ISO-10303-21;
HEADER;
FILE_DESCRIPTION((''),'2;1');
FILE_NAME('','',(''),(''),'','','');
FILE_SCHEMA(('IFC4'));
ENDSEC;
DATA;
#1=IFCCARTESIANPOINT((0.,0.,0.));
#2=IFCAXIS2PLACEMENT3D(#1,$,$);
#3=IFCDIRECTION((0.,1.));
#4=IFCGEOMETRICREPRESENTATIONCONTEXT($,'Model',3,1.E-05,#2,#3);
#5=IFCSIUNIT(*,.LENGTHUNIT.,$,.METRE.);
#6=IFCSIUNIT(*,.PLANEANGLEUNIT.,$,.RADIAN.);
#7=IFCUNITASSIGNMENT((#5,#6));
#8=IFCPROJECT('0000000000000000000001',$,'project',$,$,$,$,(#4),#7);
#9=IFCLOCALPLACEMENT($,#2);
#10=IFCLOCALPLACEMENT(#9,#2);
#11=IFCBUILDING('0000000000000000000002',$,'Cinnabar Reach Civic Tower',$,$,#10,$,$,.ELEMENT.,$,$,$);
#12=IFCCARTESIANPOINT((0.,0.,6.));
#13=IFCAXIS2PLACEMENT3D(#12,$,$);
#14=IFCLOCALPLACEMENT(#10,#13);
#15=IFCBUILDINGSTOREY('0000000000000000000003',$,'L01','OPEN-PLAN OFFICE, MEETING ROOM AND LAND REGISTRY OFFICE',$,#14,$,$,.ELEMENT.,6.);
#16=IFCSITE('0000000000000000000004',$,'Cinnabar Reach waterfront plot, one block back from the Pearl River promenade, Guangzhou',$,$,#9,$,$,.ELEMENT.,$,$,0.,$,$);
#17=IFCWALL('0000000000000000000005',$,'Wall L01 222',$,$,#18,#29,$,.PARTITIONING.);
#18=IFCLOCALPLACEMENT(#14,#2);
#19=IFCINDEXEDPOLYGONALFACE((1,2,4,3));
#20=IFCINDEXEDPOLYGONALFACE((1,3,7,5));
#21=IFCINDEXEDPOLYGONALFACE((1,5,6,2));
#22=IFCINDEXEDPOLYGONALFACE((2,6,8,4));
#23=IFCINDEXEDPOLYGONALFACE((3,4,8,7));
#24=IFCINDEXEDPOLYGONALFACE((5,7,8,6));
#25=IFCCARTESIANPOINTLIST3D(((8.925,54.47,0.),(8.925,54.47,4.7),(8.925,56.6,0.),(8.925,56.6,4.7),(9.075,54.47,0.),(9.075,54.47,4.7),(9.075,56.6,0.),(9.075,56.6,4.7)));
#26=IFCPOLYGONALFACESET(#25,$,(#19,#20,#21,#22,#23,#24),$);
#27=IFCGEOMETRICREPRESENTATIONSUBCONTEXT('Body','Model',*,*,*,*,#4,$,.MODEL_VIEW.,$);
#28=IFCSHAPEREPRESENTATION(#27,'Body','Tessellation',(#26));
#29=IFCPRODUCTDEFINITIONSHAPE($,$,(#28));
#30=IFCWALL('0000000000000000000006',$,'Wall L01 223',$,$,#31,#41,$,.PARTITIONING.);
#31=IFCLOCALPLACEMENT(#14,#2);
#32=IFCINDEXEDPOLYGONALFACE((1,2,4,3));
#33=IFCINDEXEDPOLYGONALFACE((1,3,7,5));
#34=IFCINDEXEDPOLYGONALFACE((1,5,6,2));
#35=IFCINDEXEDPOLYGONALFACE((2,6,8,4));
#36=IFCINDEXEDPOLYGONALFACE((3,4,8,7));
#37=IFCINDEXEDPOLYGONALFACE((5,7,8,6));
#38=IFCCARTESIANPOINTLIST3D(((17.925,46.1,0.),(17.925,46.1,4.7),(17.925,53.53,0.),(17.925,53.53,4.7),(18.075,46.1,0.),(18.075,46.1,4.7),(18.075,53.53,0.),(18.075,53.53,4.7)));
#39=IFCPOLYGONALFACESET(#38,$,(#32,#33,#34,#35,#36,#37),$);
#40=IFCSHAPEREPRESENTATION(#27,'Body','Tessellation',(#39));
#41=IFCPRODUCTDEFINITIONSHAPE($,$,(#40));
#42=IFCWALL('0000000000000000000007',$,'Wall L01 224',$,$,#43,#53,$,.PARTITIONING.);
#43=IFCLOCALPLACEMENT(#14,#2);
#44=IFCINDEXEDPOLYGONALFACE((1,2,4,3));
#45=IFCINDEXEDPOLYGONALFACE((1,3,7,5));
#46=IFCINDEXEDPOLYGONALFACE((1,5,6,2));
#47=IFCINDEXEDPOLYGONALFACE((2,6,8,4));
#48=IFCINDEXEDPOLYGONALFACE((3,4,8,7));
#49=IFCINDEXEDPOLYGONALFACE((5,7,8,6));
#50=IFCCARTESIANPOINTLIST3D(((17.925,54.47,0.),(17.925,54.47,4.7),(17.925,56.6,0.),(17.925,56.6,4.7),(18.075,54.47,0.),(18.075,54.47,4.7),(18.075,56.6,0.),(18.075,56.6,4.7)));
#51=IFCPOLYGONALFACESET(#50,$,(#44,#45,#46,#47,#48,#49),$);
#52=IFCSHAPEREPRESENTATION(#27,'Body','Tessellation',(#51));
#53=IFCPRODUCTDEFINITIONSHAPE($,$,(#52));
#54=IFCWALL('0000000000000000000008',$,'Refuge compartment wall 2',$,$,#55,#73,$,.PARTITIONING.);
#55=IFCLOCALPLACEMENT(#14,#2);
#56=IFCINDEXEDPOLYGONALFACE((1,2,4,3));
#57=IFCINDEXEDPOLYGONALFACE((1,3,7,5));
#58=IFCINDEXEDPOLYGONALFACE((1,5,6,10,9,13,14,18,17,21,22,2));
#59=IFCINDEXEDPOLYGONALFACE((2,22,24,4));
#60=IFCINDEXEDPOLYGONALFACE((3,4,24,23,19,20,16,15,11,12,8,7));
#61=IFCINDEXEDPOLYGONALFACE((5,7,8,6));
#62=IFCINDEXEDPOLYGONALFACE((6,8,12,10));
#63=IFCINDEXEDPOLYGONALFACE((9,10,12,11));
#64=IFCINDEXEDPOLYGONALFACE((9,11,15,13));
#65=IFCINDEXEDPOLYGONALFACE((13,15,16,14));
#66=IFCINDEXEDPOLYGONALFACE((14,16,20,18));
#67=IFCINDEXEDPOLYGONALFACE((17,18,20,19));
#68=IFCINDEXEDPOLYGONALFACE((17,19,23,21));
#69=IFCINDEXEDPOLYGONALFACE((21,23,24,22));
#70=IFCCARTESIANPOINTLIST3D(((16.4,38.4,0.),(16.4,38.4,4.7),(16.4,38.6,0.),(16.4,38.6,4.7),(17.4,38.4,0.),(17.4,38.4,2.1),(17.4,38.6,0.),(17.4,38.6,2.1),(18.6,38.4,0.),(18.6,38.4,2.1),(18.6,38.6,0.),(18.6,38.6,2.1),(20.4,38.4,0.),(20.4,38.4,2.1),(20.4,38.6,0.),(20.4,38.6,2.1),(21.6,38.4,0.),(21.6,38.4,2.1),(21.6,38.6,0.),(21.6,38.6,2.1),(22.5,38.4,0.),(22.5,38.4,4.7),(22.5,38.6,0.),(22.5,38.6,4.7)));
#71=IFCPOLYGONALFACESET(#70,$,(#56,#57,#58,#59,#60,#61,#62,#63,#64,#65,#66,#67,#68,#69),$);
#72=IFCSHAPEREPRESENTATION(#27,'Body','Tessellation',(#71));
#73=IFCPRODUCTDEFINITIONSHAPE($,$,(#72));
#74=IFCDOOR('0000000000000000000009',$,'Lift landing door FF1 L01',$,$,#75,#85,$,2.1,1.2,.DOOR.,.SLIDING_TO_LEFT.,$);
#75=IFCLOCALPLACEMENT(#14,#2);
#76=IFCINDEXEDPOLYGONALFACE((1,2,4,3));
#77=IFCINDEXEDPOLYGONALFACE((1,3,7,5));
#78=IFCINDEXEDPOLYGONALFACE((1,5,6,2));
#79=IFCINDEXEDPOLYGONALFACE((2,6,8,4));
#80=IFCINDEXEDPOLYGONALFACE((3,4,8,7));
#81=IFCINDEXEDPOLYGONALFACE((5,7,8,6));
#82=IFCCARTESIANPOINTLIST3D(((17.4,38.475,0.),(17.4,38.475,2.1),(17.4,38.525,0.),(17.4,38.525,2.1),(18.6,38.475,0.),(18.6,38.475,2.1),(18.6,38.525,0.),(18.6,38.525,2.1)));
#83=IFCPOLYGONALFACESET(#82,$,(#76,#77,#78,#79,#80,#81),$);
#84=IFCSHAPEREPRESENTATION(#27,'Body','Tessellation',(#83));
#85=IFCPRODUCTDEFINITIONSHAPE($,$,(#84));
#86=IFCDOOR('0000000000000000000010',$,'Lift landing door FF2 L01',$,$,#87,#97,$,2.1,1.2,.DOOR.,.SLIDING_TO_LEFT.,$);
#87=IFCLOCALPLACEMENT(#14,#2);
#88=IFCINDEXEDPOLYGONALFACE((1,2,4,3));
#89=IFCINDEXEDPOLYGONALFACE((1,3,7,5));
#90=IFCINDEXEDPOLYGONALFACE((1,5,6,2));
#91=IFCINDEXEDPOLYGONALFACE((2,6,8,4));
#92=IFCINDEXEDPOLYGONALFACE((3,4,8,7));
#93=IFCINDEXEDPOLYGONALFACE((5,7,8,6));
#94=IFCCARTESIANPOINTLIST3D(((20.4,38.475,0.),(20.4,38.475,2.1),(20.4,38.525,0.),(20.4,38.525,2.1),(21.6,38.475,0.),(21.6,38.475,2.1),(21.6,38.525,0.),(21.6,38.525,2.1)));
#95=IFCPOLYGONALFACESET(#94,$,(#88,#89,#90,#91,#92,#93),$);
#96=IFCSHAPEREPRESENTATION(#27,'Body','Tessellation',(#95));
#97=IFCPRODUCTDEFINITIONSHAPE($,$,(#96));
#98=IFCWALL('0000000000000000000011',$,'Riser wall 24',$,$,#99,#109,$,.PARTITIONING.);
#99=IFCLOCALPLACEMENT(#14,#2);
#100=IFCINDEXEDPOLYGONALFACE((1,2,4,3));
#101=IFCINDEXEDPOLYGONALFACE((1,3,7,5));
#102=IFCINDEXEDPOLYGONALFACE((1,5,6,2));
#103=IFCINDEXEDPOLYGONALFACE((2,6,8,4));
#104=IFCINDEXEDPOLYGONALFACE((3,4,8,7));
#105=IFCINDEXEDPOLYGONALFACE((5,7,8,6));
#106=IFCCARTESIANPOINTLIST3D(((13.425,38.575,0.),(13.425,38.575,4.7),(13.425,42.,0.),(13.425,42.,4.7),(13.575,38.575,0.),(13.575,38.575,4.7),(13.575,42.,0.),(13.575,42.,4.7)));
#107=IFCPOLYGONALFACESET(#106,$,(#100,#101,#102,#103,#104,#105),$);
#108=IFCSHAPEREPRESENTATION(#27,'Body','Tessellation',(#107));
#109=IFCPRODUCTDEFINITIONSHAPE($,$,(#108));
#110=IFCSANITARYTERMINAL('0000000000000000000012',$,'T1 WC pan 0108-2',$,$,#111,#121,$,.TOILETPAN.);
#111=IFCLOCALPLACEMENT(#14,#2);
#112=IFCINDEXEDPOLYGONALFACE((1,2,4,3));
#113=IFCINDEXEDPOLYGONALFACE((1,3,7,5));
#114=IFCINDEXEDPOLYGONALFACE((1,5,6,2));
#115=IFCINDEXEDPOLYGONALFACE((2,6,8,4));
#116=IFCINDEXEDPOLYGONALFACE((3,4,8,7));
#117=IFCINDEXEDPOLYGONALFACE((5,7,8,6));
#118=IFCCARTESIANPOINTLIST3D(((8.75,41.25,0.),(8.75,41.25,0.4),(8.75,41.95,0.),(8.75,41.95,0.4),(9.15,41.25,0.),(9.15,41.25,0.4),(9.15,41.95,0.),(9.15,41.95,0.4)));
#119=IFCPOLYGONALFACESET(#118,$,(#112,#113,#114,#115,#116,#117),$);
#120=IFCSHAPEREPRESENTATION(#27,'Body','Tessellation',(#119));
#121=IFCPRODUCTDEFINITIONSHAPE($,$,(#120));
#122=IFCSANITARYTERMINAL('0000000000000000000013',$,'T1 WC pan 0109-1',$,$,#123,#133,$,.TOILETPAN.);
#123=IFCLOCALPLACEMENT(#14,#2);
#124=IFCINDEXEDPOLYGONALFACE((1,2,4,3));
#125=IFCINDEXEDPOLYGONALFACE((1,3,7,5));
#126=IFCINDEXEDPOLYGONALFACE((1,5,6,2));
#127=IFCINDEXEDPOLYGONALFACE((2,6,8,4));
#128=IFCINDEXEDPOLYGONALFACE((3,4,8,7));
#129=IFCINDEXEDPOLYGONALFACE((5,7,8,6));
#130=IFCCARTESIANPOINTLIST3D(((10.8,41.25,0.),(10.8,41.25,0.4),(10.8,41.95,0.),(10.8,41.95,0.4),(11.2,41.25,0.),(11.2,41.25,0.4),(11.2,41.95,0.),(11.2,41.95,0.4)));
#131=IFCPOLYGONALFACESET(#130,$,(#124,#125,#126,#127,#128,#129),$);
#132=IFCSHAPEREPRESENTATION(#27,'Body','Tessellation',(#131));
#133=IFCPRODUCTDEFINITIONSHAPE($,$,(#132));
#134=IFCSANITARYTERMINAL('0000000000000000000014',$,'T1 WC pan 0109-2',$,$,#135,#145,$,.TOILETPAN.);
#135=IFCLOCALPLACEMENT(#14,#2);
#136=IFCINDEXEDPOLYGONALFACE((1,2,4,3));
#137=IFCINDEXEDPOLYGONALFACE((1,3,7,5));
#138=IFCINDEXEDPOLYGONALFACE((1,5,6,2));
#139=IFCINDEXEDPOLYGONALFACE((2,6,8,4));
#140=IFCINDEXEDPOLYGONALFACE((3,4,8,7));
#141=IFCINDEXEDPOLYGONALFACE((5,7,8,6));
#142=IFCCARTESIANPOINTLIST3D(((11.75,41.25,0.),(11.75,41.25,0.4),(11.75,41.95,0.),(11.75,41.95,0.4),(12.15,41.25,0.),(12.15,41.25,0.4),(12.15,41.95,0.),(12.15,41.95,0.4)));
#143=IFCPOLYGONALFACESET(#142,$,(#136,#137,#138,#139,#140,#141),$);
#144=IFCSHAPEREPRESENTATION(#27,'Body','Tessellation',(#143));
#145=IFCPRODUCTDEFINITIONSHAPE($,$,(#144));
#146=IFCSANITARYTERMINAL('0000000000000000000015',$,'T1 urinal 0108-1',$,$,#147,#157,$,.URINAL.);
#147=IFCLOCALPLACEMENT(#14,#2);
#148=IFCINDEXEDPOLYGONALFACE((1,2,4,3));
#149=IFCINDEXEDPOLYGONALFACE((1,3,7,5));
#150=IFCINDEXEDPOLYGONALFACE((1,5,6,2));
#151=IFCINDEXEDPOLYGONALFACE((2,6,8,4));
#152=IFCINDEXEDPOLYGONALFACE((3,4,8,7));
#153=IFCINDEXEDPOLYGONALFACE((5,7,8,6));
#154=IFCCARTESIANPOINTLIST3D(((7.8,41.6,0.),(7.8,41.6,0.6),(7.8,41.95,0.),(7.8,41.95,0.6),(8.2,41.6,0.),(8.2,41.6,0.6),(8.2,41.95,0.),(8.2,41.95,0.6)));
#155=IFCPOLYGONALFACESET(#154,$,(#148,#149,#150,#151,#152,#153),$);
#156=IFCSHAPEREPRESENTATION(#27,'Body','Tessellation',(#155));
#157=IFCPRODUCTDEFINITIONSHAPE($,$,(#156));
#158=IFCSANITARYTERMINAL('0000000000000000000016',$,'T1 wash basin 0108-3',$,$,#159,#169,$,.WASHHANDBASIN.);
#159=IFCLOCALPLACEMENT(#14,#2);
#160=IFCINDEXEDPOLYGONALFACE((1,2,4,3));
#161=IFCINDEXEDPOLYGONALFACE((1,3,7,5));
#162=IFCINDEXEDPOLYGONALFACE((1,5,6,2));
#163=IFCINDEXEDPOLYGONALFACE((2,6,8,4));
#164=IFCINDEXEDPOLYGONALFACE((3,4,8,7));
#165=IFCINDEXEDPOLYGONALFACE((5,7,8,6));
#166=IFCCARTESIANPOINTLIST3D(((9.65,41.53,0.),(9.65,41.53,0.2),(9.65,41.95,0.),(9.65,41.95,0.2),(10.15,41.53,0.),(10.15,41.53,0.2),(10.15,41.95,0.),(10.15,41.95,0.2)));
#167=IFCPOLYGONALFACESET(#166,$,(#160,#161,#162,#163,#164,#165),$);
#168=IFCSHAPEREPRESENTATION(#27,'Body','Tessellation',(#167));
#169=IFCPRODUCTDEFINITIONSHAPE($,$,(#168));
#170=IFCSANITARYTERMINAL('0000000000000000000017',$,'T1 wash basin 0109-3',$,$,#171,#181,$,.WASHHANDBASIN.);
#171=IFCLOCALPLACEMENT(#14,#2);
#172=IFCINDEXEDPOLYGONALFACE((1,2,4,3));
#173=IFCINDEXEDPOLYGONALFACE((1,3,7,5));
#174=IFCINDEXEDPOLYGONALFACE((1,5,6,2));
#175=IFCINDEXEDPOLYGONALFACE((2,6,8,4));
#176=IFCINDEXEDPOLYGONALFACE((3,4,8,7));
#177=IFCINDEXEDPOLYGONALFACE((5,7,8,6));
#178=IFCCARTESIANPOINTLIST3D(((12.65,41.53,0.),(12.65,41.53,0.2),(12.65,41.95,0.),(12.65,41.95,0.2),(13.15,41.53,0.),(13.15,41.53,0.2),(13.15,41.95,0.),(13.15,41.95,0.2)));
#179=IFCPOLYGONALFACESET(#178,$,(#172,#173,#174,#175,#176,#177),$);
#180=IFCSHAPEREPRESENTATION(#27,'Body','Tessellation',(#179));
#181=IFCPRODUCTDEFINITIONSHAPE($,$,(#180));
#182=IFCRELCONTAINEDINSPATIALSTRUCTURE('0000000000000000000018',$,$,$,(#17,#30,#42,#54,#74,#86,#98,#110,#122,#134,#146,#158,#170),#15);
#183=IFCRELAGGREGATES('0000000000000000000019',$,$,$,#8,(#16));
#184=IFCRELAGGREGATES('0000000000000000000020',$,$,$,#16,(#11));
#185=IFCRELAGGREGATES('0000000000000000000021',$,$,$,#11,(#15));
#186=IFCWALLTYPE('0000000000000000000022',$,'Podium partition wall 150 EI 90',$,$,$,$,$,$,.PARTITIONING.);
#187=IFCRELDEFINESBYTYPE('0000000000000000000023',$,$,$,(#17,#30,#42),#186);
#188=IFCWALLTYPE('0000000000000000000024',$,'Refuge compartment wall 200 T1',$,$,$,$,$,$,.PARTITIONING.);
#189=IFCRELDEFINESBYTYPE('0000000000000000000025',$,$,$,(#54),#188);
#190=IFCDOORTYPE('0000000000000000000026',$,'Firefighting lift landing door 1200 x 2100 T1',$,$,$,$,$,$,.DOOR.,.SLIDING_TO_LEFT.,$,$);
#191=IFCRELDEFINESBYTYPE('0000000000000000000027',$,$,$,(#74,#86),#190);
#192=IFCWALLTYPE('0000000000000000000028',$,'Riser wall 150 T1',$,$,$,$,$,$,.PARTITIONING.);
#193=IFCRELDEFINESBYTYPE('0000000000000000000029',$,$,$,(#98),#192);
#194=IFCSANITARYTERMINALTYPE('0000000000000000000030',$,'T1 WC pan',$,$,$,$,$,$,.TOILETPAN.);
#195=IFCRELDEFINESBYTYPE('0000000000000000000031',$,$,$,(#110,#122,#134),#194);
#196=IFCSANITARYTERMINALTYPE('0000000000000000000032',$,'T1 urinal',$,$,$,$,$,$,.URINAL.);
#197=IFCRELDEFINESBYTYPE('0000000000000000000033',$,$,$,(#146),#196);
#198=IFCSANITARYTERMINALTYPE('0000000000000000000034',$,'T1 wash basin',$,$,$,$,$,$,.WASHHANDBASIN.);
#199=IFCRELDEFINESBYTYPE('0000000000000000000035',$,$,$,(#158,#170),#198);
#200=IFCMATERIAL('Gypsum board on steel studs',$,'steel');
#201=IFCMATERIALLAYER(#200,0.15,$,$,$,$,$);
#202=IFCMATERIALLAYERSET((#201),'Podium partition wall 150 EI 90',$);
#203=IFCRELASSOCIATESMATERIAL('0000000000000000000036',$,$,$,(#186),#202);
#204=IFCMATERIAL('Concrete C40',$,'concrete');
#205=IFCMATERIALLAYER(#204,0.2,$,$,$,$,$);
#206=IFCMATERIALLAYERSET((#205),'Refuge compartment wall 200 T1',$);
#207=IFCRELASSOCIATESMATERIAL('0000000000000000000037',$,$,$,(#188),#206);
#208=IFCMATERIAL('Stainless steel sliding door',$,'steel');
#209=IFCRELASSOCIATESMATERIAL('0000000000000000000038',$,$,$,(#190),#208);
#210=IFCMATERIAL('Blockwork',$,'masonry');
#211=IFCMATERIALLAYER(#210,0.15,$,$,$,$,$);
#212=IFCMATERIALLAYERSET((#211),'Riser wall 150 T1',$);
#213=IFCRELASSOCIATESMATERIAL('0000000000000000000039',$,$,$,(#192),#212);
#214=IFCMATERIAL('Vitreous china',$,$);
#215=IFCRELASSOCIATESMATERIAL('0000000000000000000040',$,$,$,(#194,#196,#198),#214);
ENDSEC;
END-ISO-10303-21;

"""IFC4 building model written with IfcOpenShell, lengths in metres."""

from ifc_helpers import new_model, si_unit, direction, frame, frame_2d, origin, origin_2d, place, context, subcontext, project, spatial, rectangle, extrude, material, layer, layer_set, type_object, element, fill, save


model = new_model("IFC4")

# Units and contexts
model_context = context("Model", 3, precision=1e-05, world=origin(), true_north=direction((0.0, 1.0)))
body_context = subcontext(model_context, "Body", "Model", "MODEL_VIEW")
ifc_project = project(units=[si_unit("LENGTHUNIT", "METRE"), si_unit("PLANEANGLEUNIT", "RADIAN")], contexts=[model_context])

# Site, building, storey
site_placement = place(None, origin())
site = spatial("IfcSite", under=ifc_project, at=site_placement, Name="Cinnabar Reach waterfront plot, one block back from the Pearl River promenade, Guangzhou", CompositionType="ELEMENT", RefElevation=0.0)
building_placement = place(site_placement, origin())
building = spatial("IfcBuilding", under=site, at=building_placement, Name="Cinnabar Reach Civic Tower", CompositionType="ELEMENT")
storey_placement = place(building_placement, frame((0.0, 0.0, 6.0)))
storey = spatial("IfcBuildingStorey", under=building, at=storey_placement, Name="L01", Description="OPEN-PLAN OFFICE, MEETING ROOM AND LAND REGISTRY OFFICE", CompositionType="ELEMENT", Elevation=6.0)

# Shared definitions
ifc_material_1 = material(Name="Blockwork", Category="masonry")
ifc_material_2 = material(Name="Gypsum board on steel studs", Category="steel")

# Walls
ifc_layer_1 = layer(ifc_material_2, 0.15)
ifc_layer_set_1 = layer_set([ifc_layer_1], Name="Podium partition wall 150 EI 90")
wall_type_1 = type_object("IfcWallType", Name="Podium partition wall 150 EI 90", PredefinedType="PARTITIONING", material=ifc_layer_set_1)
wall_1_placement = place(storey_placement, frame((9.0, 54.47, 0.0), z_axis=(0.0, 0.0, 1.0), x_axis=(0.0, 1.0, 0.0)))
element("IfcWall", 1, at=wall_1_placement, inside=storey, type_object=wall_type_1, Name="Wall L01 222", PredefinedType="PARTITIONING", context=body_context, shape_type="SweptSolid", body=[
    extrude(rectangle(XDim=2.13, YDim=0.15, at=frame_2d((1.065, 0.0))), origin(), (0.0, 0.0, 1.0), 4.7),
])
wall_2_placement = place(storey_placement, frame((18.0, 46.1, 0.0), z_axis=(0.0, 0.0, 1.0), x_axis=(0.0, 1.0, 0.0)))
element("IfcWall", 2, at=wall_2_placement, inside=storey, type_object=wall_type_1, Name="Wall L01 223", PredefinedType="PARTITIONING", context=body_context, shape_type="SweptSolid", body=[
    extrude(rectangle(XDim=7.43, YDim=0.15, at=frame_2d((3.715, 0.0))), origin(), (0.0, 0.0, 1.0), 4.7),
])
wall_3_placement = place(storey_placement, frame((18.0, 54.47, 0.0), z_axis=(0.0, 0.0, 1.0), x_axis=(0.0, 1.0, 0.0)))
element("IfcWall", 3, at=wall_3_placement, inside=storey, type_object=wall_type_1, Name="Wall L01 224", PredefinedType="PARTITIONING", context=body_context, shape_type="SweptSolid", body=[
    extrude(rectangle(XDim=2.13, YDim=0.15, at=frame_2d((1.065, 0.0))), origin(), (0.0, 0.0, 1.0), 4.7),
])

# Wall, openings, doors
ifc_material_3 = material(Name="Concrete C40", Category="concrete")
ifc_layer_2 = layer(ifc_material_3, 0.2)
ifc_layer_set_2 = layer_set([ifc_layer_2], Name="Refuge compartment wall 200 T1")
wall_type_2 = type_object("IfcWallType", Name="Refuge compartment wall 200 T1", PredefinedType="PARTITIONING", material=ifc_layer_set_2)
wall_4_placement = place(storey_placement, frame((16.4, 38.5, 0.0), z_axis=(0.0, 0.0, 1.0), x_axis=(1.0, 0.0, 0.0)))
wall_4 = element("IfcWall", 4, at=wall_4_placement, inside=storey, type_object=wall_type_2, Name="Refuge compartment wall 2", PredefinedType="PARTITIONING", context=body_context, shape_type="SweptSolid", body=[
    extrude(rectangle(XDim=6.1, YDim=0.2, at=frame_2d((3.05, 0.0))), origin(), (0.0, 0.0, 1.0), 4.7),
])
opening_1_placement = place(wall_4_placement, frame((1.0, 0.0, 0.0)))
opening_1 = element("IfcOpeningElement", 5, at=opening_1_placement, cuts=wall_4, PredefinedType="OPENING", context=body_context, shape_type="SweptSolid", body=[
    extrude(rectangle(XDim=1.2, YDim=2.1, at=frame_2d((0.6, 1.05))), frame((0.0, 0.11, 0.0), z_axis=(0.0, -1.0, 0.0), x_axis=(1.0, 0.0, 0.0)), (0.0, 0.0, 1.0), 0.22),
])
opening_2_placement = place(wall_4_placement, frame((4.0, 0.0, 0.0)))
opening_2 = element("IfcOpeningElement", 6, at=opening_2_placement, cuts=wall_4, PredefinedType="OPENING", context=body_context, shape_type="SweptSolid", body=[
    extrude(rectangle(XDim=1.2, YDim=2.1, at=frame_2d((0.6, 1.05))), frame((0.0, 0.11, 0.0), z_axis=(0.0, -1.0, 0.0), x_axis=(1.0, 0.0, 0.0)), (0.0, 0.0, 1.0), 0.22),
])
ifc_material_4 = material(Name="Stainless steel sliding door", Category="steel")
door_type_1 = type_object("IfcDoorType", Name="Firefighting lift landing door 1200 x 2100 T1", OperationType="SLIDING_TO_LEFT", PredefinedType="DOOR", material=ifc_material_4)
door_1_placement = place(opening_1_placement, origin())
door_1 = element("IfcDoor", 7, at=door_1_placement, inside=storey, type_object=door_type_1, Name="Lift landing door FF1 L01", OperationType="SLIDING_TO_LEFT", OverallHeight=2.1, OverallWidth=1.2, PredefinedType="DOOR", context=body_context, shape_type="SweptSolid", body=[
    extrude(rectangle(XDim=1.2, YDim=2.1, at=frame_2d((0.6, 1.05))), frame((0.0, 0.025, 0.0), z_axis=(0.0, -1.0, 0.0), x_axis=(1.0, 0.0, 0.0)), (0.0, 0.0, 1.0), 0.05),
])
fill(opening_1, door_1)
door_2_placement = place(opening_2_placement, origin())
door_2 = element("IfcDoor", 8, at=door_2_placement, inside=storey, type_object=door_type_1, Name="Lift landing door FF2 L01", OperationType="SLIDING_TO_LEFT", OverallHeight=2.1, OverallWidth=1.2, PredefinedType="DOOR", context=body_context, shape_type="SweptSolid", body=[
    extrude(rectangle(XDim=1.2, YDim=2.1, at=frame_2d((0.6, 1.05))), frame((0.0, 0.025, 0.0), z_axis=(0.0, -1.0, 0.0), x_axis=(1.0, 0.0, 0.0)), (0.0, 0.0, 1.0), 0.05),
])
fill(opening_2, door_2)

# Wall
ifc_layer_3 = layer(ifc_material_1, 0.15)
ifc_layer_set_3 = layer_set([ifc_layer_3], Name="Riser wall 150 T1")
wall_type_3 = type_object("IfcWallType", Name="Riser wall 150 T1", PredefinedType="PARTITIONING", material=ifc_layer_set_3)
wall_5_placement = place(storey_placement, frame((13.5, 38.575, 0.0), z_axis=(0.0, 0.0, 1.0), x_axis=(0.0, 1.0, 0.0)))
element("IfcWall", 9, at=wall_5_placement, inside=storey, type_object=wall_type_3, Name="Riser wall 24", PredefinedType="PARTITIONING", context=body_context, shape_type="SweptSolid", body=[
    extrude(rectangle(XDim=3.425, YDim=0.15, at=frame_2d((1.7125, 0.0))), origin(), (0.0, 0.0, 1.0), 4.7),
])

# Sanitary terminals
ifc_material_5 = material(Name="Vitreous china")
sanitary_terminal_type_1 = type_object("IfcSanitaryTerminalType", Name="T1 WC pan", PredefinedType="TOILETPAN", material=ifc_material_5)
for number, where, z_axis, x_axis, name in (
    (10, (8.95, 41.6, 0.0), (0.0, 0.0, 1.0), (1.0, 0.0, 0.0), "T1 WC pan 0108-2"),
    (11, (11.0, 41.6, 0.0), (0.0, 0.0, 1.0), (1.0, 0.0, 0.0), "T1 WC pan 0109-1"),
    (12, (11.95, 41.6, 0.0), (0.0, 0.0, 1.0), (1.0, 0.0, 0.0), "T1 WC pan 0109-2"),
):
    element("IfcSanitaryTerminal", number, at=place(storey_placement, frame(where, z_axis=z_axis, x_axis=x_axis)), inside=storey, type_object=sanitary_terminal_type_1, Name=name, PredefinedType="TOILETPAN", context=body_context, shape_type="SweptSolid", body=[
        extrude(rectangle(XDim=0.4, YDim=0.7, at=origin_2d()), origin(), (0.0, 0.0, 1.0), 0.4),
    ])
sanitary_terminal_type_2 = type_object("IfcSanitaryTerminalType", Name="T1 urinal", PredefinedType="URINAL", material=ifc_material_5)
sanitary_terminal_placement = place(storey_placement, frame((8.0, 41.775, 0.0), z_axis=(0.0, 0.0, 1.0), x_axis=(1.0, 0.0, 0.0)))
element("IfcSanitaryTerminal", 13, at=sanitary_terminal_placement, inside=storey, type_object=sanitary_terminal_type_2, Name="T1 urinal 0108-1", PredefinedType="URINAL", context=body_context, shape_type="SweptSolid", body=[
    extrude(rectangle(XDim=0.4, YDim=0.35, at=origin_2d()), origin(), (0.0, 0.0, 1.0), 0.6),
])
sanitary_terminal_type_3 = type_object("IfcSanitaryTerminalType", Name="T1 wash basin", PredefinedType="WASHHANDBASIN", material=ifc_material_5)
for number, where, z_axis, x_axis, name in (
    (14, (9.9, 41.74, 0.0), (0.0, 0.0, 1.0), (1.0, 0.0, 0.0), "T1 wash basin 0108-3"),
    (15, (12.9, 41.74, 0.0), (0.0, 0.0, 1.0), (1.0, 0.0, 0.0), "T1 wash basin 0109-3"),
):
    element("IfcSanitaryTerminal", number, at=place(storey_placement, frame(where, z_axis=z_axis, x_axis=x_axis)), inside=storey, type_object=sanitary_terminal_type_3, Name=name, PredefinedType="WASHHANDBASIN", context=body_context, shape_type="SweptSolid", body=[
        extrude(rectangle(XDim=0.5, YDim=0.42, at=origin_2d()), origin(), (0.0, 0.0, 1.0), 0.2),
    ])

save(model, "model.ifc")
